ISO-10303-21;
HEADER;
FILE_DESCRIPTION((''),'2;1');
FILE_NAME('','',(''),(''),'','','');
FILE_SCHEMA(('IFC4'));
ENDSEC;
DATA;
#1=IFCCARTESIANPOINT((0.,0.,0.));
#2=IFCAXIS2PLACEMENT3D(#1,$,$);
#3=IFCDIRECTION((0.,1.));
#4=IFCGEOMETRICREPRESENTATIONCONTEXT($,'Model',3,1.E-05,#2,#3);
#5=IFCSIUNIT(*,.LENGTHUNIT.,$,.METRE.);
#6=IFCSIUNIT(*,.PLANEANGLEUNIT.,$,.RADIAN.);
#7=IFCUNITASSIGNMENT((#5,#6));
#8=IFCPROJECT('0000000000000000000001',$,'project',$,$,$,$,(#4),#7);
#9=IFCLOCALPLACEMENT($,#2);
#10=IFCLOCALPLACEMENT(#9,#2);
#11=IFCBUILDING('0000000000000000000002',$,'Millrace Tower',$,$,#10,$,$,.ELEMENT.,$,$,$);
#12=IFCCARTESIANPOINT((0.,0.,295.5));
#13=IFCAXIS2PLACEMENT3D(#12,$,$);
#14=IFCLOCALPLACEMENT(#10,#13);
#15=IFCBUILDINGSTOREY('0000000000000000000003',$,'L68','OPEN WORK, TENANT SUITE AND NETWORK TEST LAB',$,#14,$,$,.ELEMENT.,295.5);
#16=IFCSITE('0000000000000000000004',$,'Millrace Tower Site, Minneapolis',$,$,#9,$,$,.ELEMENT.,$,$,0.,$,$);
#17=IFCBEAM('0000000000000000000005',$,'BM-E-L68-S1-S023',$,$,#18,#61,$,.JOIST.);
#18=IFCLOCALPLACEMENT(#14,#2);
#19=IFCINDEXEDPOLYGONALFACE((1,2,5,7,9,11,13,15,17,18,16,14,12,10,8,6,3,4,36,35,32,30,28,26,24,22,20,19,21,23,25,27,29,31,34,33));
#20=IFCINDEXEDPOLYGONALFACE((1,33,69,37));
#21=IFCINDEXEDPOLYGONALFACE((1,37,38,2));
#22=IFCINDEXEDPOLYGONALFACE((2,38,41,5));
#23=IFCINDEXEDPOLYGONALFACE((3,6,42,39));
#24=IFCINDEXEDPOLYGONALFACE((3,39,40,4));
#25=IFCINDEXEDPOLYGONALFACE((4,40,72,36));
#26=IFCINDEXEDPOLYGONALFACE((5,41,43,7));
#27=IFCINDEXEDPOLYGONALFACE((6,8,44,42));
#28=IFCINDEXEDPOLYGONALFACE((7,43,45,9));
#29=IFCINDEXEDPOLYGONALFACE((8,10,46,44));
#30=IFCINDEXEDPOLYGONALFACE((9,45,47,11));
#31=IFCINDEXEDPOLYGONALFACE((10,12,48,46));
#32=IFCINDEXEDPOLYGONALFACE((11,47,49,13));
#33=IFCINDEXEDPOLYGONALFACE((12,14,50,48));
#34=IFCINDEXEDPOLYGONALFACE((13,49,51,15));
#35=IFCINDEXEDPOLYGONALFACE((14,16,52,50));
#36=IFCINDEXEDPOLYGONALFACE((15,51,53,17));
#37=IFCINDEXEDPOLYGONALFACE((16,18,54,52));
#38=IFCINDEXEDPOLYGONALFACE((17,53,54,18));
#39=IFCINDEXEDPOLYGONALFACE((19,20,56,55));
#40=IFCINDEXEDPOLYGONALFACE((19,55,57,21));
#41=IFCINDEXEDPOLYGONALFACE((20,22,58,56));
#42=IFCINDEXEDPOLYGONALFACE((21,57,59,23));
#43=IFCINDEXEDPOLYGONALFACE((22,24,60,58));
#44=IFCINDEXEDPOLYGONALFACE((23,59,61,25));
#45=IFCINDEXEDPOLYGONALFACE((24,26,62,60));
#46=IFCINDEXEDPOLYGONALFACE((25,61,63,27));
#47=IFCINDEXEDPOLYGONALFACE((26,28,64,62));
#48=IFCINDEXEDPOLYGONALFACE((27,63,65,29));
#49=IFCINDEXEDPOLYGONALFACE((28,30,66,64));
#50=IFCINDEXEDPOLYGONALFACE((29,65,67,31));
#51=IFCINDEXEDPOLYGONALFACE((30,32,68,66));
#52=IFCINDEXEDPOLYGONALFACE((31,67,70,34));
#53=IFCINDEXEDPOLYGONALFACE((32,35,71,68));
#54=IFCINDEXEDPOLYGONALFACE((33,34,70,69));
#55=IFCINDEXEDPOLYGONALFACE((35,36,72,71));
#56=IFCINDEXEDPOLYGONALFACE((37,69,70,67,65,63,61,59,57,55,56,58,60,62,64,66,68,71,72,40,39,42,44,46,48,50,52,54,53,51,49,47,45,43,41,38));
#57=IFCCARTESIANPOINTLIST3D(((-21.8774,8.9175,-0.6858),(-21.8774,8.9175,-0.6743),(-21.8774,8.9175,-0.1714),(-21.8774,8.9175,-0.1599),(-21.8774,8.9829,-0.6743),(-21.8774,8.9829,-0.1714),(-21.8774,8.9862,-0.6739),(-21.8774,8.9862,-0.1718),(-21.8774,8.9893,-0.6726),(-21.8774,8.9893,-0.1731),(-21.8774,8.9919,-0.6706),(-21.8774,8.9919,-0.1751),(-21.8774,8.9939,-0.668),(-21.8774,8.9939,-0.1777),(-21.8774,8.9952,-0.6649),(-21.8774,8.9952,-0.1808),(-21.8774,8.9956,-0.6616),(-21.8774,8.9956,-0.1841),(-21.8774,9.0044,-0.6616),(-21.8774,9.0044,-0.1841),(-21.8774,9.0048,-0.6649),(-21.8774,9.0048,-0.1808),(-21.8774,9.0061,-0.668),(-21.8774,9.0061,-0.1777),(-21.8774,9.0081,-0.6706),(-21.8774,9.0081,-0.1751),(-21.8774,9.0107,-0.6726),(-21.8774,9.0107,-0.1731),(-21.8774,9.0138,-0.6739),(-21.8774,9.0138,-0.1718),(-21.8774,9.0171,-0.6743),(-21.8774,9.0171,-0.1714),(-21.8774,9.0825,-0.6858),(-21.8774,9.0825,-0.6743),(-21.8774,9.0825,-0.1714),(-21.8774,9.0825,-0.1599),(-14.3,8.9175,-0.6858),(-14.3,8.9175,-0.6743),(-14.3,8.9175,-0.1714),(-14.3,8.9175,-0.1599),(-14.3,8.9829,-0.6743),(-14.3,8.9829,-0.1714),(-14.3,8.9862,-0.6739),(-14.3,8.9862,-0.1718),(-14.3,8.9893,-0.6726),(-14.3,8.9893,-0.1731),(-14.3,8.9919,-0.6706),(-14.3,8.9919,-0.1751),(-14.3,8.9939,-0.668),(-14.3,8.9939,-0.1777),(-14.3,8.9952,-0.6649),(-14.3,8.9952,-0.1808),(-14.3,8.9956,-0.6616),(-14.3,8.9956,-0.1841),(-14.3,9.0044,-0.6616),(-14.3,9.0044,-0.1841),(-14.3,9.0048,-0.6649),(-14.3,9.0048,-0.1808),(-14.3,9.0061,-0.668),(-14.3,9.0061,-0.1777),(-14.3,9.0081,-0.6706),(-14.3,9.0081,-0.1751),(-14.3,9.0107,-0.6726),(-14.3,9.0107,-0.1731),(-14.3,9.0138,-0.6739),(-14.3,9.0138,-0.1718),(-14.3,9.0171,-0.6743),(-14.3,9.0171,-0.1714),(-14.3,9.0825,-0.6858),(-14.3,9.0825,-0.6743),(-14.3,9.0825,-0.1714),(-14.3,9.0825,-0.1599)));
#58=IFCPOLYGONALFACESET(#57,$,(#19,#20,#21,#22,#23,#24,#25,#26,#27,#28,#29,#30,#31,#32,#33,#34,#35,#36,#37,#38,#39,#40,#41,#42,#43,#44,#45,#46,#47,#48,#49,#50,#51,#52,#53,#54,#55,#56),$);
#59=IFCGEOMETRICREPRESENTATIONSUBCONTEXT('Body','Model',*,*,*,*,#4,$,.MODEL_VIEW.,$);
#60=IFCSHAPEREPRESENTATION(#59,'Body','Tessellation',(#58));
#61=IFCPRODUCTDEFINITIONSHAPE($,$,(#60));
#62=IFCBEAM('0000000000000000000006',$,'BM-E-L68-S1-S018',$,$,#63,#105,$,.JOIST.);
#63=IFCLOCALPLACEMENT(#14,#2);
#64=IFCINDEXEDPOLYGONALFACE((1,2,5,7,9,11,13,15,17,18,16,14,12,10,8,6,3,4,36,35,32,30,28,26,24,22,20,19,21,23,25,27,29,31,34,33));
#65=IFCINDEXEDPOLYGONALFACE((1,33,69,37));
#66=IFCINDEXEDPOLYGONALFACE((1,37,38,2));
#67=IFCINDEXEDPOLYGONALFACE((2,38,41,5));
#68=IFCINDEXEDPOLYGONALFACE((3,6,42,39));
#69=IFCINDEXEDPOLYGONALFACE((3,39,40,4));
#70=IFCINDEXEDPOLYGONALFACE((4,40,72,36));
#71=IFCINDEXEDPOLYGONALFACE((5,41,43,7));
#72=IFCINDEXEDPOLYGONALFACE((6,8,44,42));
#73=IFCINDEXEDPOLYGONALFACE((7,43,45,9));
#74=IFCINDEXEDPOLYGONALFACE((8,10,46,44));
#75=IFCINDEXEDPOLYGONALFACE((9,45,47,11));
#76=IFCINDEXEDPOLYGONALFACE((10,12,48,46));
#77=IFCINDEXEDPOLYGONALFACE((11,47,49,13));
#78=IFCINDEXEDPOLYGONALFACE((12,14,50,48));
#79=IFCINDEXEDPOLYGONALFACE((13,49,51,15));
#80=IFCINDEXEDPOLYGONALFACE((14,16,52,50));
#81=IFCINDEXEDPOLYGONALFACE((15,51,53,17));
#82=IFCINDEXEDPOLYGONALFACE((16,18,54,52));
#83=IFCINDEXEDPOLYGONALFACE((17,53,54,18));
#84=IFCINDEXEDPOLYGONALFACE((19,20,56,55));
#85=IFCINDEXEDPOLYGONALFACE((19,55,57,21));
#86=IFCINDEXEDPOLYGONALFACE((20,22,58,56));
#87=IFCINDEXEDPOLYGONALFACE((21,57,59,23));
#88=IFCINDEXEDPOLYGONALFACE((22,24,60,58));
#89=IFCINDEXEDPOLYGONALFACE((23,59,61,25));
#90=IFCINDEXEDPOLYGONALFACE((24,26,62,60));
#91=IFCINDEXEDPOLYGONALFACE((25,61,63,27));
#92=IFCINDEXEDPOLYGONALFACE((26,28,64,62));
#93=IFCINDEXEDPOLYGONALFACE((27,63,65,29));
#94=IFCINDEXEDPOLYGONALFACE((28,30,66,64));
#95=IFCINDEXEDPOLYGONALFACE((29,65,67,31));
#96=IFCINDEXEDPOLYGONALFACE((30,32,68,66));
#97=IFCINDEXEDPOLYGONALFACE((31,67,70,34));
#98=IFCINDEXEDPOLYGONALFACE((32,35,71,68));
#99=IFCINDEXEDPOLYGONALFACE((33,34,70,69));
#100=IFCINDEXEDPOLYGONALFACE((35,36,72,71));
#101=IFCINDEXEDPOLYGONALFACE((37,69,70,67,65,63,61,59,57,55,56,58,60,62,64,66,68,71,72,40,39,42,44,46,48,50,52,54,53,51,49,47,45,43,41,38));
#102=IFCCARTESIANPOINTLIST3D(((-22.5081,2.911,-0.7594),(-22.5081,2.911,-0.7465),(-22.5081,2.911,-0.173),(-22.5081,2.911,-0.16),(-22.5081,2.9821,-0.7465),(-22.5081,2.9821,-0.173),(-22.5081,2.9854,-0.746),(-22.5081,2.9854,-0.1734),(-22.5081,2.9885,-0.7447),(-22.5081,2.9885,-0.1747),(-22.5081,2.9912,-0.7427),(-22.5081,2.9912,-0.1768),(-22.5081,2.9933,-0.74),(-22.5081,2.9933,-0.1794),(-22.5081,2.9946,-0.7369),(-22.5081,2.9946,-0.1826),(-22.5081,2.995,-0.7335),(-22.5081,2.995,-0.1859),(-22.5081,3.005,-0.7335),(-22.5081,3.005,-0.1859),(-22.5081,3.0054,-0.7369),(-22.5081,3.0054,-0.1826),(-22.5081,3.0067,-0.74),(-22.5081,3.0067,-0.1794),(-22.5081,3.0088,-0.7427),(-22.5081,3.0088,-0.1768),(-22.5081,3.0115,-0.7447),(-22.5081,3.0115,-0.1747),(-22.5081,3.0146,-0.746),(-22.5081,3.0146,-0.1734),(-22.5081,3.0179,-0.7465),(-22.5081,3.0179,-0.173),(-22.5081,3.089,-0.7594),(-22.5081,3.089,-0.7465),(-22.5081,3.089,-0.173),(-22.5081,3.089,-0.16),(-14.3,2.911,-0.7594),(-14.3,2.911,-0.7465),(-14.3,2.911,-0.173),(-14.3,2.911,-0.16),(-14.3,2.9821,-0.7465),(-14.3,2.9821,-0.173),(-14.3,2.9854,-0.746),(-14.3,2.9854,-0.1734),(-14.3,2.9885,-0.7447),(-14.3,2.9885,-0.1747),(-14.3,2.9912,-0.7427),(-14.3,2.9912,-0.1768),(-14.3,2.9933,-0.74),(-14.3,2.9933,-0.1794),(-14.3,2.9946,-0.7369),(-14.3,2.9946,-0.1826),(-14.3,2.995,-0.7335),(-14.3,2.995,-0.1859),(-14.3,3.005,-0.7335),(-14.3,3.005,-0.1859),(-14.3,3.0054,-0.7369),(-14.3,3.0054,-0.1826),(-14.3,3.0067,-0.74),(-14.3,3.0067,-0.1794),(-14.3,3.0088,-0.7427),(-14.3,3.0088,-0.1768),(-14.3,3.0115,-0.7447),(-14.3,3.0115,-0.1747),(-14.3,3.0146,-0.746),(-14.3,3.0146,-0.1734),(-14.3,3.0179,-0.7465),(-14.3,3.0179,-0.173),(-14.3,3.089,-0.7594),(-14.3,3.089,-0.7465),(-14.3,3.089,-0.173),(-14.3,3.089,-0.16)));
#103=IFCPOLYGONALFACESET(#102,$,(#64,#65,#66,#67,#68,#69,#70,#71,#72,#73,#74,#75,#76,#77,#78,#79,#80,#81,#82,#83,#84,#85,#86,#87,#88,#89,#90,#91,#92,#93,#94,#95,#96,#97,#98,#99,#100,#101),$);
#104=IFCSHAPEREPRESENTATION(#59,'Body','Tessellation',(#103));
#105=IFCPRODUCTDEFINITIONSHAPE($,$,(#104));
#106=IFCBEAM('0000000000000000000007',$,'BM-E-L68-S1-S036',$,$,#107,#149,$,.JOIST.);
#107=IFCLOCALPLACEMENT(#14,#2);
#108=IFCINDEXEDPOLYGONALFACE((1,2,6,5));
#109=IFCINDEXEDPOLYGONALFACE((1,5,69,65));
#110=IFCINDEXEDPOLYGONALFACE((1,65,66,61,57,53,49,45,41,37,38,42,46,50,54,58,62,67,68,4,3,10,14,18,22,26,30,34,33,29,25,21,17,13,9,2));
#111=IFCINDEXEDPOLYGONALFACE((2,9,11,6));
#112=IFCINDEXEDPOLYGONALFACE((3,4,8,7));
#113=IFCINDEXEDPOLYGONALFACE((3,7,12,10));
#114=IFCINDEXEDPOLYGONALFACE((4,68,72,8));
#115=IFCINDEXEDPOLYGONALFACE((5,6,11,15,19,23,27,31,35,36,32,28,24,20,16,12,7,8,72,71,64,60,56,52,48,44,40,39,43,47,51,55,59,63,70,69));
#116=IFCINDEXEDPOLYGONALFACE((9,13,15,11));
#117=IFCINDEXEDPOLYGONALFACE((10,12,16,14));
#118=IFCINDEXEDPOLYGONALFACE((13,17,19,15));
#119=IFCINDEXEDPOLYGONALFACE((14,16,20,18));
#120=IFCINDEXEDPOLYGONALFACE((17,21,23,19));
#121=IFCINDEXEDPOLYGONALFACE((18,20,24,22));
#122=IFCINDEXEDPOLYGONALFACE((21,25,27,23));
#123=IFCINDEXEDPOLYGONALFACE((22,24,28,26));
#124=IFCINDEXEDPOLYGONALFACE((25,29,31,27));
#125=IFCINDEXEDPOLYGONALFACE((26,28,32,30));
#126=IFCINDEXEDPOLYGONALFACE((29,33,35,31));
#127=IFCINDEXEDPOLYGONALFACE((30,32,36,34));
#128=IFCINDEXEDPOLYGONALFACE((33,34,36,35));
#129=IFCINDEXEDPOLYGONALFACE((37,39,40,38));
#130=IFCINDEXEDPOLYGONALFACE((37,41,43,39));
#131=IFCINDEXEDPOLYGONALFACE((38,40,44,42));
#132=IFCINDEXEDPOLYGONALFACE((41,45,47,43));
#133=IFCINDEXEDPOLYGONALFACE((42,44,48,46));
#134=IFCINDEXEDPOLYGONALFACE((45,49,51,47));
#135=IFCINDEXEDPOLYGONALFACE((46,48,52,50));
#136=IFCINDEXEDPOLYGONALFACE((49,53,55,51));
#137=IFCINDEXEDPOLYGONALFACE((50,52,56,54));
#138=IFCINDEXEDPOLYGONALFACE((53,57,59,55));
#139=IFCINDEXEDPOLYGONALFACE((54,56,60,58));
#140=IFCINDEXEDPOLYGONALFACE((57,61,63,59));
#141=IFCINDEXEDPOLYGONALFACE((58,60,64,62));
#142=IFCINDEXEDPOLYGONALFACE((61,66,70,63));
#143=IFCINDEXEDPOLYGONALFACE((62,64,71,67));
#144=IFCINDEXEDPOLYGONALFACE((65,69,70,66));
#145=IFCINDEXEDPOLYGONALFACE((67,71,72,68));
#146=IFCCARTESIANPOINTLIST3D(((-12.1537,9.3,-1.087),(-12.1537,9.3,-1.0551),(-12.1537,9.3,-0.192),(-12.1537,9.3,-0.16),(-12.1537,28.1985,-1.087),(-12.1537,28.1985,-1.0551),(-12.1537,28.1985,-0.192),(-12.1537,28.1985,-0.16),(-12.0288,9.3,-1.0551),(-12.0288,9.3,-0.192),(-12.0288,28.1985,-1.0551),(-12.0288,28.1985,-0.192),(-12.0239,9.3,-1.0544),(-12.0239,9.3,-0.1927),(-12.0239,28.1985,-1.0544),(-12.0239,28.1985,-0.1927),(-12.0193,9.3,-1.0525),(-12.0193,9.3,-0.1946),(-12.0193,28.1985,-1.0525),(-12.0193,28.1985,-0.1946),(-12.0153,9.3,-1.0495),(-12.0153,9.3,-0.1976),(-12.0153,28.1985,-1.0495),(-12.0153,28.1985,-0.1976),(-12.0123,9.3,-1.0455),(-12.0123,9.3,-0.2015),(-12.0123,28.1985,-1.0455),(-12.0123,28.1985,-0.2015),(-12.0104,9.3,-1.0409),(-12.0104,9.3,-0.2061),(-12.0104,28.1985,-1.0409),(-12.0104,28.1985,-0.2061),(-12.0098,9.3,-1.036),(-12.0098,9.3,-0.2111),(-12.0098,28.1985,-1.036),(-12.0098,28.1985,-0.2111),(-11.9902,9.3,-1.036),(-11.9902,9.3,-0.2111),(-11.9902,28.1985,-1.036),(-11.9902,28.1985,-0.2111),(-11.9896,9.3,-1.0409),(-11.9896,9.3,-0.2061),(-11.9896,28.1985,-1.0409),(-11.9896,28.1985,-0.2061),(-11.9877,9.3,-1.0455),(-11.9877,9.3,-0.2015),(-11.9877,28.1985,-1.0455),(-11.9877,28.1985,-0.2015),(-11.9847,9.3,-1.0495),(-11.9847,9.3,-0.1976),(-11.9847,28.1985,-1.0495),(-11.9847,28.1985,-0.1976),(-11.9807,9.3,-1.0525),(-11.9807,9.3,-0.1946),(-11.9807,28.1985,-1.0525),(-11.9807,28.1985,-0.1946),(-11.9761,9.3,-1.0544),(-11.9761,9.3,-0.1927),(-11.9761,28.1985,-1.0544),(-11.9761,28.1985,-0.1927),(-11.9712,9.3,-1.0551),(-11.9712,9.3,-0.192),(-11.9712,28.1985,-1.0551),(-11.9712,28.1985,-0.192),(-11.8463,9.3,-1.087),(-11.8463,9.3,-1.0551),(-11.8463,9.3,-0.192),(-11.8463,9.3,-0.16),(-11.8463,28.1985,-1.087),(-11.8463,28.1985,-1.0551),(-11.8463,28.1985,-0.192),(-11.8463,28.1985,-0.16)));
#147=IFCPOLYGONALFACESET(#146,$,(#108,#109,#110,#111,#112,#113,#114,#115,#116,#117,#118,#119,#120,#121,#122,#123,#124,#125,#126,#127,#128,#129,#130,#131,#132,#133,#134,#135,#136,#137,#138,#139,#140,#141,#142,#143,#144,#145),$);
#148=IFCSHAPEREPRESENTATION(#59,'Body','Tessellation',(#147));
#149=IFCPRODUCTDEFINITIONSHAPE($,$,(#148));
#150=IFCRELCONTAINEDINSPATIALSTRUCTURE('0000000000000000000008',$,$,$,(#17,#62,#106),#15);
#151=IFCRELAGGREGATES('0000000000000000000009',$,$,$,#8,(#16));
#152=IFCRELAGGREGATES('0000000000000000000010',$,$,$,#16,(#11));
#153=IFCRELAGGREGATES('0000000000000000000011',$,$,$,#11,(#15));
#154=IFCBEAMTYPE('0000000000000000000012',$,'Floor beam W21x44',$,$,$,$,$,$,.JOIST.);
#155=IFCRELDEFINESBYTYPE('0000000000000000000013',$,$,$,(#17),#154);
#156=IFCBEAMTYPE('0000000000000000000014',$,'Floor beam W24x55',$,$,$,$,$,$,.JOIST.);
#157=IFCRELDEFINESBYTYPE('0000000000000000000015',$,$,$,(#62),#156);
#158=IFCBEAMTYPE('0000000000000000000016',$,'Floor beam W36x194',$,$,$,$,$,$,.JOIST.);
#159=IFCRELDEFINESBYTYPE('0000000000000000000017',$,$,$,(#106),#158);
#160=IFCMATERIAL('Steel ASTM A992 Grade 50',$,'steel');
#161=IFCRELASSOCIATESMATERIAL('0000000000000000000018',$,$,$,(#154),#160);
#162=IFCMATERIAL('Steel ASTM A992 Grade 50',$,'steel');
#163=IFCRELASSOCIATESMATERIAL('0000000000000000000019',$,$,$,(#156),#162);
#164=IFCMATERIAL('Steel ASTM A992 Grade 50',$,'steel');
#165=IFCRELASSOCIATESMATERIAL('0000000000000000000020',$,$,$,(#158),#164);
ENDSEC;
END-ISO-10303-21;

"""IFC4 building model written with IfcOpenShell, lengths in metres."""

from ifc_helpers import new_model, si_unit, direction, frame, origin, origin_2d, place, context, subcontext, project, spatial, i_section, extrude, material, material_profile, profile_set, type_object, element, save


model = new_model("IFC4")

# Units and contexts
model_context = context("Model", 3, precision=1e-05, world=origin(), true_north=direction((0.0, 1.0)))
body_context = subcontext(model_context, "Body", "Model", "MODEL_VIEW")
ifc_project = project(units=[si_unit("LENGTHUNIT", "METRE"), si_unit("PLANEANGLEUNIT", "RADIAN")], contexts=[model_context])

# Site, building, storey
site_placement = place(None, origin())
site = spatial("IfcSite", under=ifc_project, at=site_placement, Name="Millrace Tower Site, Minneapolis", CompositionType="ELEMENT", RefElevation=0.0)
building_placement = place(site_placement, origin())
building = spatial("IfcBuilding", under=site, at=building_placement, Name="Millrace Tower", CompositionType="ELEMENT")
storey_placement = place(building_placement, frame((0.0, 0.0, 295.5)))
storey = spatial("IfcBuildingStorey", under=building, at=storey_placement, Name="L68", Description="OPEN WORK, TENANT SUITE AND NETWORK TEST LAB", CompositionType="ELEMENT", Elevation=295.5)

# Beams
ifc_material_1 = material(Name="Steel ASTM A992 Grade 50", Category="steel")
ifc_material_profile_1 = material_profile(ifc_material_1, i_section(OverallWidth=0.165, OverallDepth=0.5259, WebThickness=0.0088, FlangeThickness=0.0115, FilletRadius=0.0127, at=origin_2d()))
ifc_profile_set_1 = profile_set([ifc_material_profile_1], Name="Steel ASTM A992 Grade 50")
beam_type_1 = type_object("IfcBeamType", Name="Floor beam W21x44", PredefinedType="JOIST", material=ifc_profile_set_1)
beam_1_placement = place(storey_placement, frame((-21.8774, 9.0, -0.4229), z_axis=(1.0, 0.0, 0.0), x_axis=(0.0, 1.0, 0.0)))
element("IfcBeam", 1, at=beam_1_placement, inside=storey, type_object=beam_type_1, Name="BM-E-L68-S1-S023", PredefinedType="JOIST", context=body_context, shape_type="SweptSolid", body=[
    extrude(i_section(OverallWidth=0.165, OverallDepth=0.5259, WebThickness=0.0088, FlangeThickness=0.0115, FilletRadius=0.0127, at=origin_2d()), origin(), (0.0, 0.0, 1.0), 7.5774),
])
ifc_material_2 = material(Name="Steel ASTM A992 Grade 50", Category="steel")
ifc_material_profile_2 = material_profile(ifc_material_2, i_section(OverallWidth=0.178, OverallDepth=0.5994, WebThickness=0.01, FlangeThickness=0.0129, FilletRadius=0.0129, at=origin_2d()))
ifc_profile_set_2 = profile_set([ifc_material_profile_2], Name="Steel ASTM A992 Grade 50")
beam_type_2 = type_object("IfcBeamType", Name="Floor beam W24x55", PredefinedType="JOIST", material=ifc_profile_set_2)
beam_2_placement = place(storey_placement, frame((-22.5081, 3.0, -0.4597), z_axis=(1.0, 0.0, 0.0), x_axis=(0.0, 1.0, 0.0)))
element("IfcBeam", 2, at=beam_2_placement, inside=storey, type_object=beam_type_2, Name="BM-E-L68-S1-S018", PredefinedType="JOIST", context=body_context, shape_type="SweptSolid", body=[
    extrude(i_section(OverallWidth=0.178, OverallDepth=0.5994, WebThickness=0.01, FlangeThickness=0.0129, FilletRadius=0.0129, at=origin_2d()), origin(), (0.0, 0.0, 1.0), 8.208),
])
ifc_material_3 = material(Name="Steel ASTM A992 Grade 50", Category="steel")
ifc_material_profile_3 = material_profile(ifc_material_3, i_section(OverallWidth=0.3074, OverallDepth=0.927, WebThickness=0.0195, FlangeThickness=0.032, FilletRadius=0.019, at=origin_2d()))
ifc_profile_set_3 = profile_set([ifc_material_profile_3], Name="Steel ASTM A992 Grade 50")
beam_type_3 = type_object("IfcBeamType", Name="Floor beam W36x194", PredefinedType="JOIST", material=ifc_profile_set_3)
beam_3_placement = place(storey_placement, frame((-12.0, 9.3, -0.6235), z_axis=(0.0, 1.0, 0.0), x_axis=(-1.0, 0.0, 0.0)))
element("IfcBeam", 3, at=beam_3_placement, inside=storey, type_object=beam_type_3, Name="BM-E-L68-S1-S036", PredefinedType="JOIST", context=body_context, shape_type="SweptSolid", body=[
    extrude(i_section(OverallWidth=0.3074, OverallDepth=0.927, WebThickness=0.0195, FlangeThickness=0.032, FilletRadius=0.019, at=origin_2d()), origin(), (0.0, 0.0, 1.0), 18.8984),
])

save(model, "model.ifc")
